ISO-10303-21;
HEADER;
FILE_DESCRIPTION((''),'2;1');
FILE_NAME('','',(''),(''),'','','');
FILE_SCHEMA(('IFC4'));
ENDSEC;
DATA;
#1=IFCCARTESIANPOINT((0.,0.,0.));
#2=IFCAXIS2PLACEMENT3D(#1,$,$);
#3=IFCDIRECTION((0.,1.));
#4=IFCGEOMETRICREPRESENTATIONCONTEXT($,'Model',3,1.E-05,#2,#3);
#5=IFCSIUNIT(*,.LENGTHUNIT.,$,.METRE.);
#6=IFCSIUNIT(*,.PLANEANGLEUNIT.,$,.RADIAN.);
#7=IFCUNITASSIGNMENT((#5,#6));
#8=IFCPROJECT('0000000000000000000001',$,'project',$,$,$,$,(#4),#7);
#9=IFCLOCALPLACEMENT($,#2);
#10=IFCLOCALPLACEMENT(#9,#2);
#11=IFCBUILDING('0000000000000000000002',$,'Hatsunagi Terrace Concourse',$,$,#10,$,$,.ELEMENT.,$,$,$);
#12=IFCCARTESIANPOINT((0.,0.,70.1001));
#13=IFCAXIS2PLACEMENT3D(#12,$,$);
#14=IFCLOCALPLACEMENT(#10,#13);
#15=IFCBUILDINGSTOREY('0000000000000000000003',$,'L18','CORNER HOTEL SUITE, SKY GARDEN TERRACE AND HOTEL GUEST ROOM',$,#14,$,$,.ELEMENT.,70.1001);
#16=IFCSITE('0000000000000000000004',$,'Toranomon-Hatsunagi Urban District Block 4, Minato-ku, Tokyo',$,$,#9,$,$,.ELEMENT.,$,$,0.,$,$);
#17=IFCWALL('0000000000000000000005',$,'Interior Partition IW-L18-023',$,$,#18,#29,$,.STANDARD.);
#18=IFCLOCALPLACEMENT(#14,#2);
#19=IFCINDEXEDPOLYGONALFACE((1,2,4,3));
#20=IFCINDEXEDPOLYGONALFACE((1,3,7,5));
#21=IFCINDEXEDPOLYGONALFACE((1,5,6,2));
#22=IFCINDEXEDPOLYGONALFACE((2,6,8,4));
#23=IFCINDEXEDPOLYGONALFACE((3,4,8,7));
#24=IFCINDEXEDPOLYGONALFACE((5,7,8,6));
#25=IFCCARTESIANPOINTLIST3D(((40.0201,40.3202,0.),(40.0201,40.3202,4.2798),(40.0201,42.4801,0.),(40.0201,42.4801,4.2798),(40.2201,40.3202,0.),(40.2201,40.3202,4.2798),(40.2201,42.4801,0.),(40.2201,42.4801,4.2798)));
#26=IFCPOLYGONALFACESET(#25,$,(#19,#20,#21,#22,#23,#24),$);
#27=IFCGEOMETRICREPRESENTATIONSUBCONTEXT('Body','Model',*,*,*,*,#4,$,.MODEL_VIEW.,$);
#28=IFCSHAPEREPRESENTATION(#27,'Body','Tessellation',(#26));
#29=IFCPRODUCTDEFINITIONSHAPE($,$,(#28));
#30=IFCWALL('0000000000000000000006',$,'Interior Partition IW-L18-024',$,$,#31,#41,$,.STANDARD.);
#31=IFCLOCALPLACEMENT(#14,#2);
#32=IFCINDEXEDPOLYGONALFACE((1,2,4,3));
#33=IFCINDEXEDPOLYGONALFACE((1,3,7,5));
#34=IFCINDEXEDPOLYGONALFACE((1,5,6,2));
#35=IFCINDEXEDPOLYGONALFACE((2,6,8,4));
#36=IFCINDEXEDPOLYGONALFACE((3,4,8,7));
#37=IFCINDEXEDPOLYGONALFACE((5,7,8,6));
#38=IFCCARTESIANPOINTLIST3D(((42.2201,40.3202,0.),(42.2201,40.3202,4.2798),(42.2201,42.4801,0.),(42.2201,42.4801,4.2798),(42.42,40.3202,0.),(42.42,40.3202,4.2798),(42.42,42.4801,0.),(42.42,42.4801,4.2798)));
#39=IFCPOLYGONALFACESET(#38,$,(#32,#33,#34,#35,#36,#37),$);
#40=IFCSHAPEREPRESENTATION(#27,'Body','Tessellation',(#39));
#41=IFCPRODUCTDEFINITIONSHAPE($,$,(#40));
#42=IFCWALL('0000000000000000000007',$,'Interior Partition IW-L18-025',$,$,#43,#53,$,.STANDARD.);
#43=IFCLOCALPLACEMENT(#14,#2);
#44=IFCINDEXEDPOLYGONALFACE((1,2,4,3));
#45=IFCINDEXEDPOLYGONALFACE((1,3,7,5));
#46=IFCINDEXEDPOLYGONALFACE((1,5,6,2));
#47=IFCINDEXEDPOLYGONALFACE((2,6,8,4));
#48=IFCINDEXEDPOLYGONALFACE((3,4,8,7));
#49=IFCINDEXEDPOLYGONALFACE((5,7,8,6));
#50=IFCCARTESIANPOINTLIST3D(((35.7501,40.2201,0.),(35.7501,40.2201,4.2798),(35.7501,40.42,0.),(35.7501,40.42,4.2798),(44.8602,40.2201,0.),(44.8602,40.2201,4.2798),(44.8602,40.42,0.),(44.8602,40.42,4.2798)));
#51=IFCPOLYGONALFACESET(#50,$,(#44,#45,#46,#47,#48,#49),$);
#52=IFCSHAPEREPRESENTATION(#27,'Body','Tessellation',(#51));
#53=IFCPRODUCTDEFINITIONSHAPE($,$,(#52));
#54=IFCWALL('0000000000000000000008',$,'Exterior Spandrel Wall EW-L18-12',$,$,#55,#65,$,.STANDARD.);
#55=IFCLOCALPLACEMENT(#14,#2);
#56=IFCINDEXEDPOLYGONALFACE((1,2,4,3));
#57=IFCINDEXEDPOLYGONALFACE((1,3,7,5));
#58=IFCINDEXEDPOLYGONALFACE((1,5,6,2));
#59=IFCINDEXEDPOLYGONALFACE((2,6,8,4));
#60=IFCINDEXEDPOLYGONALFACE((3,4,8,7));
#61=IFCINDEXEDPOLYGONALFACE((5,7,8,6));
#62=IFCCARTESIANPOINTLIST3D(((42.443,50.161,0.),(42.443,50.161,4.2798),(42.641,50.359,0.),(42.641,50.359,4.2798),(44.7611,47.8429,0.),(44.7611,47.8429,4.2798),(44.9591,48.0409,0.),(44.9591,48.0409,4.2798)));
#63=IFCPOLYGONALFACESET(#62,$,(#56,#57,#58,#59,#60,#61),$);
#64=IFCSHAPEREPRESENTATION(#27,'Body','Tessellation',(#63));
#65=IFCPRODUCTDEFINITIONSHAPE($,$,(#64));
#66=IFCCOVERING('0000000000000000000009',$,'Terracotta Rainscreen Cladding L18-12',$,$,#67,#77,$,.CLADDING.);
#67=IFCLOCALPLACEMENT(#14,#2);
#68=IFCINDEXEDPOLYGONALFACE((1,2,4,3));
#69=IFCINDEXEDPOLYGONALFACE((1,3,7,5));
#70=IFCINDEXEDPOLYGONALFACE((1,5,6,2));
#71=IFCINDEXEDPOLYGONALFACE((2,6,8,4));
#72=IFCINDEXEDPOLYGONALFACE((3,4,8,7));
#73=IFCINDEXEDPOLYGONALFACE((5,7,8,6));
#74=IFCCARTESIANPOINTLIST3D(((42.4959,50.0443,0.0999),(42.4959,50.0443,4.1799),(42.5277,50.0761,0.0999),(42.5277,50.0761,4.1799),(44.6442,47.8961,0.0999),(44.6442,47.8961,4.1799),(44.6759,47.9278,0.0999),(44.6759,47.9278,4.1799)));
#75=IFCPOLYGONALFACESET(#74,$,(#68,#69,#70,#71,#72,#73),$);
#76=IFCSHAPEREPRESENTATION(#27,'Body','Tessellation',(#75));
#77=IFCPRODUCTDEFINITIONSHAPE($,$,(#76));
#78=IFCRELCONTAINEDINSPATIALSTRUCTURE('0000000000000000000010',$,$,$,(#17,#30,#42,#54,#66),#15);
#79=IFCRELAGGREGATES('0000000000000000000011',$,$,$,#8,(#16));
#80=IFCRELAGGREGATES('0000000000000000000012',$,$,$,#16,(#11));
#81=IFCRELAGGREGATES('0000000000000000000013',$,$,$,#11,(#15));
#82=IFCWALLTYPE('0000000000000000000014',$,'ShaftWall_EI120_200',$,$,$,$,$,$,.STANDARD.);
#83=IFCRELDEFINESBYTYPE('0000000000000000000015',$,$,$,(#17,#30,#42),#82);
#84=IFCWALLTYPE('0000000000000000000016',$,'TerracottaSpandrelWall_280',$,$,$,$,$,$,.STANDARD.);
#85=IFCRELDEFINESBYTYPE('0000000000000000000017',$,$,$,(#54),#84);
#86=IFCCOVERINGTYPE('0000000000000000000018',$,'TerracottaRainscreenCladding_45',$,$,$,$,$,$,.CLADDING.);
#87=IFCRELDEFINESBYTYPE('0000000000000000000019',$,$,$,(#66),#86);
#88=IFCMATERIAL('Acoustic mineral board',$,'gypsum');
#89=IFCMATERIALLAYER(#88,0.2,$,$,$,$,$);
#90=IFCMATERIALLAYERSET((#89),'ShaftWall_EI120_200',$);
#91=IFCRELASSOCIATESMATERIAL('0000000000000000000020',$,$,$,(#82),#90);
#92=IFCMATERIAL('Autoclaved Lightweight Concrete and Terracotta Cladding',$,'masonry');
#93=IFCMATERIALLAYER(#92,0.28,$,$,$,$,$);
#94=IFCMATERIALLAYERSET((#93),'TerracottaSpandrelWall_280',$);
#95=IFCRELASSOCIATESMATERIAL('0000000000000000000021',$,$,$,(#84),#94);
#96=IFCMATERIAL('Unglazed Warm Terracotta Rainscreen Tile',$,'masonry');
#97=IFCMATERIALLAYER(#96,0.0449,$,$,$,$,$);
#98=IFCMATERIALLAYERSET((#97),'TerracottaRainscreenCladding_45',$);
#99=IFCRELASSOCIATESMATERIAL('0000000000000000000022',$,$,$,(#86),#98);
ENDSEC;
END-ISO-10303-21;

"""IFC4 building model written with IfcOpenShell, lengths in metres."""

from ifc_helpers import new_model, si_unit, direction, frame, frame_2d, origin, origin_2d, place, context, subcontext, project, spatial, rectangle, extrude, material, layer, layer_set, type_object, element, save


model = new_model("IFC4")

# Units and contexts
model_context = context("Model", 3, precision=1e-05, world=origin(), true_north=direction((0.0, 1.0)))
body_context = subcontext(model_context, "Body", "Model", "MODEL_VIEW")
ifc_project = project(units=[si_unit("LENGTHUNIT", "METRE"), si_unit("PLANEANGLEUNIT", "RADIAN")], contexts=[model_context])

# Site, building, storey
site_placement = place(None, origin())
site = spatial("IfcSite", under=ifc_project, at=site_placement, Name="Toranomon-Hatsunagi Urban District Block 4, Minato-ku, Tokyo", CompositionType="ELEMENT", RefElevation=0.0)
building_placement = place(site_placement, origin())
building = spatial("IfcBuilding", under=site, at=building_placement, Name="Hatsunagi Terrace Concourse", CompositionType="ELEMENT")
storey_placement = place(building_placement, frame((0.0, 0.0, 70.1001)))
storey = spatial("IfcBuildingStorey", under=building, at=storey_placement, Name="L18", Description="CORNER HOTEL SUITE, SKY GARDEN TERRACE AND HOTEL GUEST ROOM", CompositionType="ELEMENT", Elevation=70.1001)

# Shared definitions
ifc_material_1 = material(Name="Acoustic mineral board", Category="gypsum")
ifc_layer_1 = layer(ifc_material_1, 0.2)
ifc_layer_set_1 = layer_set([ifc_layer_1], Name="ShaftWall_EI120_200")
wall_type_1 = type_object("IfcWallType", Name="ShaftWall_EI120_200", PredefinedType="STANDARD", material=ifc_layer_set_1)

# Walls
for number, where, z_axis, x_axis, name in (
    (1, (40.1201, 40.3201, 0.0), (0.0, 0.0, 1.0), (0.0, 1.0, 0.0), "Interior Partition IW-L18-023"),
    (2, (42.3201, 40.3201, 0.0), (0.0, 0.0, 1.0), (0.0, 1.0, 0.0), "Interior Partition IW-L18-024"),
):
    element("IfcWall", number, at=place(storey_placement, frame(where, z_axis=z_axis, x_axis=x_axis)), inside=storey, type_object=wall_type_1, Name=name, PredefinedType="STANDARD", context=body_context, shape_type="SweptSolid", body=[
        extrude(rectangle(XDim=2.1599, YDim=0.2, at=frame_2d((1.0801, 0.0))), origin(), (0.0, 0.0, 1.0), 4.2798),
    ])
wall_1_placement = place(storey_placement, frame((35.75, 40.3201, 0.0), z_axis=(0.0, 0.0, 1.0), x_axis=(1.0, 0.0, 0.0)))
element("IfcWall", 3, at=wall_1_placement, inside=storey, type_object=wall_type_1, Name="Interior Partition IW-L18-025", PredefinedType="STANDARD", context=body_context, shape_type="SweptSolid", body=[
    extrude(rectangle(XDim=9.1101, YDim=0.2, at=frame_2d((4.5552, 0.0))), origin(), (0.0, 0.0, 1.0), 4.2798),
])
ifc_material_2 = material(Name="Autoclaved Lightweight Concrete and Terracotta Cladding", Category="masonry")
ifc_layer_2 = layer(ifc_material_2, 0.28)
ifc_layer_set_2 = layer_set([ifc_layer_2], Name="TerracottaSpandrelWall_280")
wall_type_2 = type_object("IfcWallType", Name="TerracottaSpandrelWall_280", PredefinedType="STANDARD", material=ifc_layer_set_2)
wall_2_placement = place(storey_placement, frame((42.542, 50.26, 0.0), z_axis=(0.0, 0.0, 1.0), x_axis=(0.707107, -0.707107, 0.0)))
element("IfcWall", 4, at=wall_2_placement, inside=storey, type_object=wall_type_2, Name="Exterior Spandrel Wall EW-L18-12", PredefinedType="STANDARD", context=body_context, shape_type="SweptSolid", body=[
    extrude(rectangle(XDim=3.2783, YDim=0.28, at=frame_2d((1.6392, 0.0))), origin(), (0.0, 0.0, 1.0), 4.2798),
])

# Covering
ifc_material_3 = material(Name="Unglazed Warm Terracotta Rainscreen Tile", Category="masonry")
ifc_layer_3 = layer(ifc_material_3, 0.0449)
ifc_layer_set_3 = layer_set([ifc_layer_3], Name="TerracottaRainscreenCladding_45")
covering_type = type_object("IfcCoveringType", Name="TerracottaRainscreenCladding_45", PredefinedType="CLADDING", material=ifc_layer_set_3)
covering_placement = place(storey_placement, frame((43.5859, 48.9861, 0.0999), z_axis=(0.0, 0.0, 1.0), x_axis=(0.707107, -0.707107, 0.0)))
element("IfcCovering", 5, at=covering_placement, inside=storey, type_object=covering_type, Name="Terracotta Rainscreen Cladding L18-12", PredefinedType="CLADDING", context=body_context, shape_type="SweptSolid", body=[
    extrude(rectangle(XDim=3.0381, YDim=0.0449, at=origin_2d()), origin(), (0.0, 0.0, 1.0), 4.0801),
])

save(model, "model.ifc")
